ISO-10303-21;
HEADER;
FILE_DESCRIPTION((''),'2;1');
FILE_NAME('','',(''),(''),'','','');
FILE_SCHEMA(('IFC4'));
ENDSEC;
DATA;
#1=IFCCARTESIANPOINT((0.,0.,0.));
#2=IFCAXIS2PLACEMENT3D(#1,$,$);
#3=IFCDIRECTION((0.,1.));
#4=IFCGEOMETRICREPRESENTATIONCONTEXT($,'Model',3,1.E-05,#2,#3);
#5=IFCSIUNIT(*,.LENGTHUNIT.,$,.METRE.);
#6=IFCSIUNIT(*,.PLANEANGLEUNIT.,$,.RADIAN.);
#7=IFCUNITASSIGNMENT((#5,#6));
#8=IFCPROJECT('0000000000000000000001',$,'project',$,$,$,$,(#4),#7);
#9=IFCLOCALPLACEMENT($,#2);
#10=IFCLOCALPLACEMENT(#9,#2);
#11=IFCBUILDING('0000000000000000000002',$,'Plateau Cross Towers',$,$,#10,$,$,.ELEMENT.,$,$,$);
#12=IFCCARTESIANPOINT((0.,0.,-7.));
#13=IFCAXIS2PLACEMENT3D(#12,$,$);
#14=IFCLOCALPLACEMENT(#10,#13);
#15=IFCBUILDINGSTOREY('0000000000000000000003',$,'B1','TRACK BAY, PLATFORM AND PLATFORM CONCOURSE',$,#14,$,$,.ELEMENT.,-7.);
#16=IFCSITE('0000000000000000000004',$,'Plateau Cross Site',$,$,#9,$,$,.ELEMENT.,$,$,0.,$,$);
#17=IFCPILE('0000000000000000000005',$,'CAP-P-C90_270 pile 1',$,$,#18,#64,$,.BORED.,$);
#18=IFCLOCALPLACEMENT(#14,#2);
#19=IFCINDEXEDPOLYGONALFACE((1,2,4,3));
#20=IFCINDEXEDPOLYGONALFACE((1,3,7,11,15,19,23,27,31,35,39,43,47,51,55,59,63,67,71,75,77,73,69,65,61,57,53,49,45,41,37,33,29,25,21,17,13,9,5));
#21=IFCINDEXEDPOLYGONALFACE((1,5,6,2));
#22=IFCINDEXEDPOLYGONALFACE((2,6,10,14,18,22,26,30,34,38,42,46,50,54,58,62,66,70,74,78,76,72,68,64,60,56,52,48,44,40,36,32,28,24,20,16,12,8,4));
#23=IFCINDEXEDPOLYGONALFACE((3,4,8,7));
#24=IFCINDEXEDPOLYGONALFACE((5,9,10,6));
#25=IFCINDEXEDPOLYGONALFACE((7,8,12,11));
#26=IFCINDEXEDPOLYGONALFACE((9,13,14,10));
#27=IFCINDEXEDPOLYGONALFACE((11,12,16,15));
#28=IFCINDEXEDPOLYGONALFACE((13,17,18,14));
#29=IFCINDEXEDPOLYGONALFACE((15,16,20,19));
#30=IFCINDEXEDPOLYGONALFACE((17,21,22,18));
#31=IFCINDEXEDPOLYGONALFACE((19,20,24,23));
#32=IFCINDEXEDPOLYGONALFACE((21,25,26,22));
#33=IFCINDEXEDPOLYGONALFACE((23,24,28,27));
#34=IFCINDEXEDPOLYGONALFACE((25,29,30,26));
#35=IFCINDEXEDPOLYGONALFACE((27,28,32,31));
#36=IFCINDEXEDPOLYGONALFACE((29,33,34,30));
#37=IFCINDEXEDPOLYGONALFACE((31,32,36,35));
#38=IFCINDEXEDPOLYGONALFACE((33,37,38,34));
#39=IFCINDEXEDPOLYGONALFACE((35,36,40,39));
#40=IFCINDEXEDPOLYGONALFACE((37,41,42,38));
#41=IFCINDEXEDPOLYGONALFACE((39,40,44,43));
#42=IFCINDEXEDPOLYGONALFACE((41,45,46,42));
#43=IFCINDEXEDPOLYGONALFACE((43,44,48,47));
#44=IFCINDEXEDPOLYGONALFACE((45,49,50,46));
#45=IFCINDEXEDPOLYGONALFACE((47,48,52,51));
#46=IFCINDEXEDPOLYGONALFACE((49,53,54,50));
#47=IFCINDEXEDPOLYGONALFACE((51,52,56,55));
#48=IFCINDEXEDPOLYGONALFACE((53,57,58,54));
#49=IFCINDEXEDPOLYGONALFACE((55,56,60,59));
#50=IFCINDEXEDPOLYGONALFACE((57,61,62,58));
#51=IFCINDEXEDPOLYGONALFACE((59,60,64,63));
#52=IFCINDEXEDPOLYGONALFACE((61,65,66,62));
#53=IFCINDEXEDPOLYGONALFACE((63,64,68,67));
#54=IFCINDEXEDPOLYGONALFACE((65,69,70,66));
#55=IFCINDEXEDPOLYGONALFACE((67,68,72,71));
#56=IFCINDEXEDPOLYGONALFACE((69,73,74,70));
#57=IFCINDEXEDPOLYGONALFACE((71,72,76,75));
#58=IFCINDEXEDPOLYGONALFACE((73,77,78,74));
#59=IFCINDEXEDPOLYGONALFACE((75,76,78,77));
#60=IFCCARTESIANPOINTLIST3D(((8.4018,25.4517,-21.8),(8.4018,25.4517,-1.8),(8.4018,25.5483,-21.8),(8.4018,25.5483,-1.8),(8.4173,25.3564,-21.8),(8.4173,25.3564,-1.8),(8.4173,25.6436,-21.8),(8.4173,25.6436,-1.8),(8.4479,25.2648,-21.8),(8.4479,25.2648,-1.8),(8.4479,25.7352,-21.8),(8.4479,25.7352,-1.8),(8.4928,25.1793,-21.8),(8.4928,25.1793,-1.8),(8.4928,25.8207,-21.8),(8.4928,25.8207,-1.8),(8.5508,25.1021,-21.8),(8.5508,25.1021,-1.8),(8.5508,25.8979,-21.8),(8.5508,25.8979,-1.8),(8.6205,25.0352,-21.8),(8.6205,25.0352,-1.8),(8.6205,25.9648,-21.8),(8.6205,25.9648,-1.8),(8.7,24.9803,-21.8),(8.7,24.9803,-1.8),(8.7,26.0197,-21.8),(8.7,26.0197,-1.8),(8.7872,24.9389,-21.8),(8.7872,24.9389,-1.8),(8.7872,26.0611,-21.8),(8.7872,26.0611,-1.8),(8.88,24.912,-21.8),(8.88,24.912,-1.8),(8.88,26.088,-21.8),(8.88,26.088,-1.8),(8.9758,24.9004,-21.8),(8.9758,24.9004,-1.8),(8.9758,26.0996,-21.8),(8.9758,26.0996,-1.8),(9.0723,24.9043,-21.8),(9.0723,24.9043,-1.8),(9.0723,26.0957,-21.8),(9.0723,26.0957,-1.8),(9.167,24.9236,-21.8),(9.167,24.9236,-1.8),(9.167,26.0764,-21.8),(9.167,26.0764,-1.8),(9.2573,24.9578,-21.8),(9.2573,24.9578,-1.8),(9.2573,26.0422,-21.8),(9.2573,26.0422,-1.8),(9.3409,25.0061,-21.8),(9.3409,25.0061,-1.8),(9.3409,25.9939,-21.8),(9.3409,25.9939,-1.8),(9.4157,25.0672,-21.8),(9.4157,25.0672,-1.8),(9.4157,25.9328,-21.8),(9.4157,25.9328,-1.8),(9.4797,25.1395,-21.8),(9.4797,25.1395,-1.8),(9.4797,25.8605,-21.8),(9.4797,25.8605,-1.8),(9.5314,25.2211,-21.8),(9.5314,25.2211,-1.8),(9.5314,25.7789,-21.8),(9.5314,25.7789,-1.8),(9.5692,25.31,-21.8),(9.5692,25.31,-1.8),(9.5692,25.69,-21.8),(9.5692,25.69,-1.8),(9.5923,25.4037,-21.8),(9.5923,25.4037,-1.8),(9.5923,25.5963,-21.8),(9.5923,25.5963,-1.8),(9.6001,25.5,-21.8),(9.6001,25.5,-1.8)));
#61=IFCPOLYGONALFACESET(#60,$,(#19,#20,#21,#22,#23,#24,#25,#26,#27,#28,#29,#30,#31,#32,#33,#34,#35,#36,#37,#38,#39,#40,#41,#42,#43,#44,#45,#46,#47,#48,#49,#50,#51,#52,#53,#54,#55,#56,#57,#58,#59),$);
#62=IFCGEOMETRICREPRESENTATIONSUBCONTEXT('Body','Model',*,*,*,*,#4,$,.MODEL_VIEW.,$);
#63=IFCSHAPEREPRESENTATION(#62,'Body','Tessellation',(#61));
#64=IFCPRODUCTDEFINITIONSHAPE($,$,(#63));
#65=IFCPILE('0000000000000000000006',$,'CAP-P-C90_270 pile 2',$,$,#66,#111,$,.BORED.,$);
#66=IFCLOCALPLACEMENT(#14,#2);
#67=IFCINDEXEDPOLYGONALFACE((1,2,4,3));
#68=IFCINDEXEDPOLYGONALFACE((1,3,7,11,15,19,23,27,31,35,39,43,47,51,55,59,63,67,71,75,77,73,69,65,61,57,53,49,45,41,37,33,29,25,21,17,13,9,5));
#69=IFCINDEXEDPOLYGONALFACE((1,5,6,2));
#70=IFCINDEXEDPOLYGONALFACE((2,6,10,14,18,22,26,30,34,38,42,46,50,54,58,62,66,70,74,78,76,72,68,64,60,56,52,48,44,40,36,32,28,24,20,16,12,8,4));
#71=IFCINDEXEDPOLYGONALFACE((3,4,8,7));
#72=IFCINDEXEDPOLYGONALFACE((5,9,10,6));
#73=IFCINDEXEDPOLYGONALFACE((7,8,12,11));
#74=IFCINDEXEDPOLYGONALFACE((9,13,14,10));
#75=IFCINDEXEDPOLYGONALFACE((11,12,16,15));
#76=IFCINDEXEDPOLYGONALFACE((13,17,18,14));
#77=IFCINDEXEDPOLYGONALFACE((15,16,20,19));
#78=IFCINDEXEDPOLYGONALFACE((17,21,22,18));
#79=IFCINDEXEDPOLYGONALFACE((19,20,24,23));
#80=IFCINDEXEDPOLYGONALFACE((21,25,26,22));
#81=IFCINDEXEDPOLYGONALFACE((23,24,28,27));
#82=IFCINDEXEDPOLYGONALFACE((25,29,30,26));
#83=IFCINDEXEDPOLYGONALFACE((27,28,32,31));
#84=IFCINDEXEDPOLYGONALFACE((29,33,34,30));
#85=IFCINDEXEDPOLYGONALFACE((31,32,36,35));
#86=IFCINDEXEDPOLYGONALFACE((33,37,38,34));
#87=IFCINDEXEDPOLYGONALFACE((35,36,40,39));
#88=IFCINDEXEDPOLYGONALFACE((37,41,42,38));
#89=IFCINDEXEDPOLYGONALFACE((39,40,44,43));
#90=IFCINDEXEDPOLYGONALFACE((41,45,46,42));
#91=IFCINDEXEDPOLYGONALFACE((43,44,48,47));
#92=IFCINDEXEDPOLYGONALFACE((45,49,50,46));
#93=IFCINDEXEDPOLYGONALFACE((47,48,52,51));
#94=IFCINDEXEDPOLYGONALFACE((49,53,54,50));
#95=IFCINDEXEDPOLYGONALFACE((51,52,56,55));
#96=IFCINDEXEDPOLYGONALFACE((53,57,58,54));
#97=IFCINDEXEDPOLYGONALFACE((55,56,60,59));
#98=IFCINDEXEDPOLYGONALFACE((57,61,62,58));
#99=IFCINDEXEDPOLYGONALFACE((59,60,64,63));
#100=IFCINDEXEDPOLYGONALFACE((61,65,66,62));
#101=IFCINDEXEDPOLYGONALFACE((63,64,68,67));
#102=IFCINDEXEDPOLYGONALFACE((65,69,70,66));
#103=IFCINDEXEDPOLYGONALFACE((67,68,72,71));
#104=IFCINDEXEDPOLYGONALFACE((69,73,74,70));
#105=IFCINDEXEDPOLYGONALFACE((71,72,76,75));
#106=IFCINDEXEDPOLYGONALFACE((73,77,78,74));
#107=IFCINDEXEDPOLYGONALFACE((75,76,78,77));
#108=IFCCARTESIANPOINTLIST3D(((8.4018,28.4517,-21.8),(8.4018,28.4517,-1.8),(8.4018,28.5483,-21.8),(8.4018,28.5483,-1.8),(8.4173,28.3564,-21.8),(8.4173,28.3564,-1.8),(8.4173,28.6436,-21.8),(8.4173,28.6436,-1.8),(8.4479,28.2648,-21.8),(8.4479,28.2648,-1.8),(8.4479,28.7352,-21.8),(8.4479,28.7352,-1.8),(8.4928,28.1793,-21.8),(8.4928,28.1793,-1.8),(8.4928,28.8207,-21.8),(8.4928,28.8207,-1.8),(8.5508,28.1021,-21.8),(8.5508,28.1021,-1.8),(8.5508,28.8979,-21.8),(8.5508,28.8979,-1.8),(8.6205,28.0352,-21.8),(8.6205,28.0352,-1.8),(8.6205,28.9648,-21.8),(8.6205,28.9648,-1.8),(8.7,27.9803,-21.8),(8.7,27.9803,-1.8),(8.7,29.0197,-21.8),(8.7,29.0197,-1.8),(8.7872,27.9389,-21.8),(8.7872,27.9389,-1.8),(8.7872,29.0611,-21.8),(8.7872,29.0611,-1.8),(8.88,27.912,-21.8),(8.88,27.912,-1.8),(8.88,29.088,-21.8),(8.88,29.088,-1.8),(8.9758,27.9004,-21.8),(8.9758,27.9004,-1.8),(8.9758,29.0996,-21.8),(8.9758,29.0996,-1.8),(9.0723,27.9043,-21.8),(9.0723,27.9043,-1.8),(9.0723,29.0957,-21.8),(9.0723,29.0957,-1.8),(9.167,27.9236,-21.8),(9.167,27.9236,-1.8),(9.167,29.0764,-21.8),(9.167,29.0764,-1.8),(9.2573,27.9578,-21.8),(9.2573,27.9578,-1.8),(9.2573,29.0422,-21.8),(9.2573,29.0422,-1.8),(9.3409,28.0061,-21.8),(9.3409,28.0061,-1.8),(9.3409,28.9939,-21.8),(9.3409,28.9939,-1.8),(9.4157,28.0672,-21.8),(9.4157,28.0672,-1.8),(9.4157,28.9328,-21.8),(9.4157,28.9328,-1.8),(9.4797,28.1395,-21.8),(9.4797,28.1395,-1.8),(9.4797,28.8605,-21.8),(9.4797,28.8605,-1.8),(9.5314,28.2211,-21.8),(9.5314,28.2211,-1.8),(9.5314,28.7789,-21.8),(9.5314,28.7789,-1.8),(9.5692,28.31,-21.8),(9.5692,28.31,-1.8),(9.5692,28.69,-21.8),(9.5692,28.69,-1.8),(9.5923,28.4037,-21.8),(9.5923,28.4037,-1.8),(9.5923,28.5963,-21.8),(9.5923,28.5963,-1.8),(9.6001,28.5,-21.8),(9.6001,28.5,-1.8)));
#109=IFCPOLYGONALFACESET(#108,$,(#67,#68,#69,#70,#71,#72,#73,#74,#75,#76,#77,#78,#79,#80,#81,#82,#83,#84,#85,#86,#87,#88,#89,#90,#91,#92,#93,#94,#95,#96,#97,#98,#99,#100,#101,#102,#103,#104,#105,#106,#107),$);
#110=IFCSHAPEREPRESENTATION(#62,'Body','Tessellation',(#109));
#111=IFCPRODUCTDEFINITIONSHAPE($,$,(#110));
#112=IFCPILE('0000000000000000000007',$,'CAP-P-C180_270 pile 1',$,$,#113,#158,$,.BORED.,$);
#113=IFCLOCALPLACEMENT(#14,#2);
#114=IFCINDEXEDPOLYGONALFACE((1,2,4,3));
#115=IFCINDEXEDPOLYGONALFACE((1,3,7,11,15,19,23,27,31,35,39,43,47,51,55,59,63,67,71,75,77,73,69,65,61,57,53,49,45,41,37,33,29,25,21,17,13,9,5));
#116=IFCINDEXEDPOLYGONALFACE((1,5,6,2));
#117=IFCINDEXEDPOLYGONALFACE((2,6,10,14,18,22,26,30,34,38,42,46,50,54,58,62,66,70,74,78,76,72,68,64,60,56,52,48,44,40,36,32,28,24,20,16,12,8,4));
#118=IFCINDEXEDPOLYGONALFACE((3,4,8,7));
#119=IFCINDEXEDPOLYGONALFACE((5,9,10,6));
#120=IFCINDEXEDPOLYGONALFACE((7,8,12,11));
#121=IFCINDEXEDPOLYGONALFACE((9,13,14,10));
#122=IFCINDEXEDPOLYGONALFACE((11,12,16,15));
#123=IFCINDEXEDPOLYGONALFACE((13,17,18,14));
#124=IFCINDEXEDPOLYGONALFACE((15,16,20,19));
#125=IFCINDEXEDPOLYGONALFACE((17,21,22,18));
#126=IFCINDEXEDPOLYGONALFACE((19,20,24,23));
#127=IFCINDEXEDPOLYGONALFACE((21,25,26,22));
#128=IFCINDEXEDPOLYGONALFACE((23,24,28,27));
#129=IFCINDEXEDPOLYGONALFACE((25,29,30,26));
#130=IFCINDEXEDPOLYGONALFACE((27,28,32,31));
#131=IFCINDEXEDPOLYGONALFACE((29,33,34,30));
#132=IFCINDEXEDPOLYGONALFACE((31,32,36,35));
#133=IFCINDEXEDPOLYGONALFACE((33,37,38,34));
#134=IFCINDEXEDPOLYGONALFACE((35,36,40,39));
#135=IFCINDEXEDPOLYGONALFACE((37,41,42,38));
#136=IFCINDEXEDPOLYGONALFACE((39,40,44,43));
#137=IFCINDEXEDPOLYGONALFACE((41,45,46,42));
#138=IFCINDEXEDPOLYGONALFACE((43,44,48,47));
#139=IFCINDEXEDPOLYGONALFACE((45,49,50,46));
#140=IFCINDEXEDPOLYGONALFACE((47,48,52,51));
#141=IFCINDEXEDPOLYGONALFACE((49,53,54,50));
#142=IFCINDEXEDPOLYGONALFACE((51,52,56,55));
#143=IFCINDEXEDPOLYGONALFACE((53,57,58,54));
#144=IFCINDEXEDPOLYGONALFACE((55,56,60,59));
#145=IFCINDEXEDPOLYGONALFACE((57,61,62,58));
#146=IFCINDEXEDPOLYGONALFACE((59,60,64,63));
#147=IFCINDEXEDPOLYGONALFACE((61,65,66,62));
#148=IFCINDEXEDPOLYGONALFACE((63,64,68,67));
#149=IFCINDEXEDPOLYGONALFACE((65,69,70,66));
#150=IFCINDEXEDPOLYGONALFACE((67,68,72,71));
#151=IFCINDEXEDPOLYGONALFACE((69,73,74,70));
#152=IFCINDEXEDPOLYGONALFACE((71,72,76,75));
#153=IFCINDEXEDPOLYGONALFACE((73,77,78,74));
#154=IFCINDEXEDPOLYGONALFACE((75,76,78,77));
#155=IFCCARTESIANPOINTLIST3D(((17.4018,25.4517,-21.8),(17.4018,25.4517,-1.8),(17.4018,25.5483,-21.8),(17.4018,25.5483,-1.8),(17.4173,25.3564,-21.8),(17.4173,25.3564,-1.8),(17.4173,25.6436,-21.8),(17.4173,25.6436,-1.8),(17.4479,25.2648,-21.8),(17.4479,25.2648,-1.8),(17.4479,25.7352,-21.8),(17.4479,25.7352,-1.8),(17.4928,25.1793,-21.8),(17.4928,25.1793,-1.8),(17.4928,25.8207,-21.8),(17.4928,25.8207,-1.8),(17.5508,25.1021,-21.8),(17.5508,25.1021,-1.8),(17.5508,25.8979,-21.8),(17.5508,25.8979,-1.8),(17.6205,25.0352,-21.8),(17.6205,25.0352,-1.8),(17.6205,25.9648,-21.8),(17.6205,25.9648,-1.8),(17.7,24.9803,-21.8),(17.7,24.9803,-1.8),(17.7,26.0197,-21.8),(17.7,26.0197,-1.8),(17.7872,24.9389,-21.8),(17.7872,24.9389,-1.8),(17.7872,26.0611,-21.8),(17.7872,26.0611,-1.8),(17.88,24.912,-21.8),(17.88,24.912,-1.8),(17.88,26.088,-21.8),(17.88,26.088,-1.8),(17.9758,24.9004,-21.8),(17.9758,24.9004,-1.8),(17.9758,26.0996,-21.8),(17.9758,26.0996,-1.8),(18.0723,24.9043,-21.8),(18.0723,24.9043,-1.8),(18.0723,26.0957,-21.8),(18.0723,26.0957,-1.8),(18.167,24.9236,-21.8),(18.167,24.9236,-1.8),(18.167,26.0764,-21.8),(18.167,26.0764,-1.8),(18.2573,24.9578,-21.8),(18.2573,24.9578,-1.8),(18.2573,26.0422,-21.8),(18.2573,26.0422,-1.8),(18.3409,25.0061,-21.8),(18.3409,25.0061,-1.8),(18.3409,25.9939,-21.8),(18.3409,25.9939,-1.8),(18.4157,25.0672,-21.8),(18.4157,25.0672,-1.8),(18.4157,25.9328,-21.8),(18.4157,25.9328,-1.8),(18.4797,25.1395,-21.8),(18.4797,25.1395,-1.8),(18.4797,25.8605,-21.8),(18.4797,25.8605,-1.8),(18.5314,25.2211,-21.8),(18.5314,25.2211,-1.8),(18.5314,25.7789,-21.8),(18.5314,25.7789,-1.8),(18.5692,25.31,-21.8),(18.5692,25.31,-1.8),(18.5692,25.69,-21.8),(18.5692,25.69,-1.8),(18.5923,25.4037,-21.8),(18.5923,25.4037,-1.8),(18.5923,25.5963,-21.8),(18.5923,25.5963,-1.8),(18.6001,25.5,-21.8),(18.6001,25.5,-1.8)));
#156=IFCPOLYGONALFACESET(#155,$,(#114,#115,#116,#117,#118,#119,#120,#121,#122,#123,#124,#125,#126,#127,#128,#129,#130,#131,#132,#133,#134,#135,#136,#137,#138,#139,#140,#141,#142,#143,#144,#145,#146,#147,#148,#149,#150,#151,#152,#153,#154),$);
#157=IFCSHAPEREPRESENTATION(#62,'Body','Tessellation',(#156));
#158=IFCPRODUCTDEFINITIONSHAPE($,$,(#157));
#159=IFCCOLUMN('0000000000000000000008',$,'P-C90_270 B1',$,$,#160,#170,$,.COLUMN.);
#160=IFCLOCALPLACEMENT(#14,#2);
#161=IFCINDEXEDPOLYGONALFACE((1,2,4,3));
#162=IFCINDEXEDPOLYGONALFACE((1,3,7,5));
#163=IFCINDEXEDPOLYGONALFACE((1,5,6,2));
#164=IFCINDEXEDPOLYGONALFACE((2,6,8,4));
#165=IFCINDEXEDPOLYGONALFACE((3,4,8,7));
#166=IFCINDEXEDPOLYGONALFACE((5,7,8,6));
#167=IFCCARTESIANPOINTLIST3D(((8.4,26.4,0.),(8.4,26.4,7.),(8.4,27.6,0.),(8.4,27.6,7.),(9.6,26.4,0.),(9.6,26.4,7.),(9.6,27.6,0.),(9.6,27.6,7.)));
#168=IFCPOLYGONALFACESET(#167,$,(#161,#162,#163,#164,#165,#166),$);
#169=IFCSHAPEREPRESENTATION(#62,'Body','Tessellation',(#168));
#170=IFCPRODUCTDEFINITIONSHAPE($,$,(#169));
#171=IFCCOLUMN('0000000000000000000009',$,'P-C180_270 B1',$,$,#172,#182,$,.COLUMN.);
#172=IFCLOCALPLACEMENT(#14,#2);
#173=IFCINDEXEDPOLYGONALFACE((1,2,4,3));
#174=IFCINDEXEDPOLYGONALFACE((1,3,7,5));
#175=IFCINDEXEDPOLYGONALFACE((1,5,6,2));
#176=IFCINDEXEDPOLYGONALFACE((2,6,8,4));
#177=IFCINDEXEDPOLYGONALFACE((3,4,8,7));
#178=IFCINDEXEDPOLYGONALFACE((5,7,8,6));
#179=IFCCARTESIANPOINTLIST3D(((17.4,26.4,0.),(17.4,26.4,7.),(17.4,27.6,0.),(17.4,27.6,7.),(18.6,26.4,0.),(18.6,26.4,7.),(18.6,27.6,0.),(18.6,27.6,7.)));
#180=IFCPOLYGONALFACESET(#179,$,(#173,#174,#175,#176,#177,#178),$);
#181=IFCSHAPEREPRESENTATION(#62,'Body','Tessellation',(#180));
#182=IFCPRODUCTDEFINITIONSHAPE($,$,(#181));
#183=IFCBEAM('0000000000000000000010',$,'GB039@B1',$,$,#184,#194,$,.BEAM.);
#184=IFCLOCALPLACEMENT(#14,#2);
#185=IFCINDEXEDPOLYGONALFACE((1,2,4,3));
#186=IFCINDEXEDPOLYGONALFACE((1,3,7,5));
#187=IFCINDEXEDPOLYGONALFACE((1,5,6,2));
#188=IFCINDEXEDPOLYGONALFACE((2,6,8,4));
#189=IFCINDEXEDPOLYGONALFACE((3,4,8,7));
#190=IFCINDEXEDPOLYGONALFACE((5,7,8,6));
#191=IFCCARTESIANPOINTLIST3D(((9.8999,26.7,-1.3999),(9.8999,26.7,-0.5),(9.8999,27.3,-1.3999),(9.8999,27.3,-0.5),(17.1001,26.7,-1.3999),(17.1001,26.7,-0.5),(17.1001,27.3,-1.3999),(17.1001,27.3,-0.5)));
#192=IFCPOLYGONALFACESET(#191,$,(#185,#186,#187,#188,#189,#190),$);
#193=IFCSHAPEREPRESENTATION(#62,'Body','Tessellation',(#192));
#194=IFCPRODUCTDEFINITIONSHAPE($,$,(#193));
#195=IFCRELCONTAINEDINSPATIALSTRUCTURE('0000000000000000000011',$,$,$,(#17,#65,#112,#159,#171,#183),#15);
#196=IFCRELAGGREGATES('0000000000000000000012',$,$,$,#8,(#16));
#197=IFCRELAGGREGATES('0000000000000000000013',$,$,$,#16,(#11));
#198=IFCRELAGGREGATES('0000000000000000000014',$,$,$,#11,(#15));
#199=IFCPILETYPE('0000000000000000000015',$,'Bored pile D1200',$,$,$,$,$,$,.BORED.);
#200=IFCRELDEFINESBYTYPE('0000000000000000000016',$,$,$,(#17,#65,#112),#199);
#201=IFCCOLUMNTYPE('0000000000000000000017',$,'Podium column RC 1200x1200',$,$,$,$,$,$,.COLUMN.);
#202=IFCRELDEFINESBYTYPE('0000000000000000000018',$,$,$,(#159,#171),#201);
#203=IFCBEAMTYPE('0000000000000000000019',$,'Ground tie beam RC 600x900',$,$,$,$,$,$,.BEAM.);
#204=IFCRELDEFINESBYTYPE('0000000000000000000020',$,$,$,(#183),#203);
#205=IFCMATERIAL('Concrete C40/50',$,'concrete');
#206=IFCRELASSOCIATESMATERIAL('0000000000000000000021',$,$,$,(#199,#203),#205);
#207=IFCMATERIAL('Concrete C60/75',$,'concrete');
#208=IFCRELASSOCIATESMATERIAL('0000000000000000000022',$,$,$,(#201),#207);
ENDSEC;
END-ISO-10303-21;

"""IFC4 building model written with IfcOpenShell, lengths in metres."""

from ifc_helpers import new_model, si_unit, direction, frame, origin, origin_2d, place, context, subcontext, project, spatial, rectangle, circle, extrude, material, material_profile, profile_set, type_object, element, save


model = new_model("IFC4")

# Units and contexts
model_context = context("Model", 3, precision=1e-05, world=origin(), true_north=direction((0.0, 1.0)))
body_context = subcontext(model_context, "Body", "Model", "MODEL_VIEW")
ifc_project = project(units=[si_unit("LENGTHUNIT", "METRE"), si_unit("PLANEANGLEUNIT", "RADIAN")], contexts=[model_context])

# Site, building, storey
site_placement = place(None, origin())
site = spatial("IfcSite", under=ifc_project, at=site_placement, Name="Plateau Cross Site", CompositionType="ELEMENT", RefElevation=0.0)
building_placement = place(site_placement, origin())
building = spatial("IfcBuilding", under=site, at=building_placement, Name="Plateau Cross Towers", CompositionType="ELEMENT")
storey_placement = place(building_placement, frame((0.0, 0.0, -7.0)))
storey = spatial("IfcBuildingStorey", under=building, at=storey_placement, Name="B1", Description="TRACK BAY, PLATFORM AND PLATFORM CONCOURSE", CompositionType="ELEMENT", Elevation=-7.0)

# Piles
ifc_material_1 = material(Name="Concrete C40/50", Category="concrete")
ifc_material_profile_1 = material_profile(ifc_material_1, circle(Radius=0.6001, at=origin_2d()), Name="Bored pile D1200")
ifc_profile_set_1 = profile_set([ifc_material_profile_1], Name="Concrete C40/50")
pile_type = type_object("IfcPileType", Name="Bored pile D1200", PredefinedType="BORED", material=ifc_profile_set_1)
for number, where, z_axis, x_axis, name in (
    (1, (9.0, 25.5, -1.8), (0.0, 0.0, -1.0), (1.0, 0.0, 0.0), "CAP-P-C90_270 pile 1"),
    (2, (9.0, 28.5, -1.8), (0.0, 0.0, -1.0), (1.0, 0.0, 0.0), "CAP-P-C90_270 pile 2"),
    (3, (18.0, 25.5, -1.8), (0.0, 0.0, -1.0), (1.0, 0.0, 0.0), "CAP-P-C180_270 pile 1"),
):
    element("IfcPile", number, at=place(storey_placement, frame(where, z_axis=z_axis, x_axis=x_axis)), inside=storey, type_object=pile_type, Name=name, PredefinedType="BORED", context=body_context, shape_type="SweptSolid", body=[
        extrude(circle(Radius=0.6001, at=origin_2d()), origin(), (0.0, 0.0, 1.0), 20.0),
    ])

# Columns
ifc_material_2 = material(Name="Concrete C60/75", Category="concrete")
ifc_material_profile_2 = material_profile(ifc_material_2, rectangle(XDim=1.2, YDim=1.2, at=origin_2d()), Name="RC 1200x1200")
ifc_profile_set_2 = profile_set([ifc_material_profile_2], Name="Concrete C60/75")
column_type = type_object("IfcColumnType", Name="Podium column RC 1200x1200", PredefinedType="COLUMN", material=ifc_profile_set_2)
for number, where, z_axis, x_axis, name in (
    (4, (9.0, 27.0, 0.0), (0.0, 0.0, 1.0), (1.0, 0.0, 0.0), "P-C90_270 B1"),
    (5, (18.0, 27.0, 0.0), (0.0, 0.0, 1.0), (1.0, 0.0, 0.0), "P-C180_270 B1"),
):
    element("IfcColumn", number, at=place(storey_placement, frame(where, z_axis=z_axis, x_axis=x_axis)), inside=storey, type_object=column_type, Name=name, PredefinedType="COLUMN", context=body_context, shape_type="SweptSolid", body=[
        extrude(rectangle(XDim=1.2, YDim=1.2, at=origin_2d()), origin(), (0.0, 0.0, 1.0), 7.0),
    ])

# Beam
ifc_material_profile_3 = material_profile(ifc_material_1, rectangle(XDim=0.6001, YDim=0.8999, at=origin_2d()), Name="RC 600x900")
ifc_profile_set_3 = profile_set([ifc_material_profile_3], Name="Concrete C40/50")
beam_type_1 = type_object("IfcBeamType", Name="Ground tie beam RC 600x900", PredefinedType="BEAM", material=ifc_profile_set_3)
beam_placement = place(storey_placement, frame((9.8999, 27.0, -0.95), z_axis=(1.0, 0.0, 0.0), x_axis=(0.0, 1.0, 0.0)))
element("IfcBeam", 6, at=beam_placement, inside=storey, type_object=beam_type_1, Name="GB039@B1", PredefinedType="BEAM", context=body_context, shape_type="SweptSolid", body=[
    extrude(rectangle(XDim=0.6001, YDim=0.8999, at=origin_2d()), origin(), (0.0, 0.0, 1.0), 7.2002),
])

save(model, "model.ifc")
